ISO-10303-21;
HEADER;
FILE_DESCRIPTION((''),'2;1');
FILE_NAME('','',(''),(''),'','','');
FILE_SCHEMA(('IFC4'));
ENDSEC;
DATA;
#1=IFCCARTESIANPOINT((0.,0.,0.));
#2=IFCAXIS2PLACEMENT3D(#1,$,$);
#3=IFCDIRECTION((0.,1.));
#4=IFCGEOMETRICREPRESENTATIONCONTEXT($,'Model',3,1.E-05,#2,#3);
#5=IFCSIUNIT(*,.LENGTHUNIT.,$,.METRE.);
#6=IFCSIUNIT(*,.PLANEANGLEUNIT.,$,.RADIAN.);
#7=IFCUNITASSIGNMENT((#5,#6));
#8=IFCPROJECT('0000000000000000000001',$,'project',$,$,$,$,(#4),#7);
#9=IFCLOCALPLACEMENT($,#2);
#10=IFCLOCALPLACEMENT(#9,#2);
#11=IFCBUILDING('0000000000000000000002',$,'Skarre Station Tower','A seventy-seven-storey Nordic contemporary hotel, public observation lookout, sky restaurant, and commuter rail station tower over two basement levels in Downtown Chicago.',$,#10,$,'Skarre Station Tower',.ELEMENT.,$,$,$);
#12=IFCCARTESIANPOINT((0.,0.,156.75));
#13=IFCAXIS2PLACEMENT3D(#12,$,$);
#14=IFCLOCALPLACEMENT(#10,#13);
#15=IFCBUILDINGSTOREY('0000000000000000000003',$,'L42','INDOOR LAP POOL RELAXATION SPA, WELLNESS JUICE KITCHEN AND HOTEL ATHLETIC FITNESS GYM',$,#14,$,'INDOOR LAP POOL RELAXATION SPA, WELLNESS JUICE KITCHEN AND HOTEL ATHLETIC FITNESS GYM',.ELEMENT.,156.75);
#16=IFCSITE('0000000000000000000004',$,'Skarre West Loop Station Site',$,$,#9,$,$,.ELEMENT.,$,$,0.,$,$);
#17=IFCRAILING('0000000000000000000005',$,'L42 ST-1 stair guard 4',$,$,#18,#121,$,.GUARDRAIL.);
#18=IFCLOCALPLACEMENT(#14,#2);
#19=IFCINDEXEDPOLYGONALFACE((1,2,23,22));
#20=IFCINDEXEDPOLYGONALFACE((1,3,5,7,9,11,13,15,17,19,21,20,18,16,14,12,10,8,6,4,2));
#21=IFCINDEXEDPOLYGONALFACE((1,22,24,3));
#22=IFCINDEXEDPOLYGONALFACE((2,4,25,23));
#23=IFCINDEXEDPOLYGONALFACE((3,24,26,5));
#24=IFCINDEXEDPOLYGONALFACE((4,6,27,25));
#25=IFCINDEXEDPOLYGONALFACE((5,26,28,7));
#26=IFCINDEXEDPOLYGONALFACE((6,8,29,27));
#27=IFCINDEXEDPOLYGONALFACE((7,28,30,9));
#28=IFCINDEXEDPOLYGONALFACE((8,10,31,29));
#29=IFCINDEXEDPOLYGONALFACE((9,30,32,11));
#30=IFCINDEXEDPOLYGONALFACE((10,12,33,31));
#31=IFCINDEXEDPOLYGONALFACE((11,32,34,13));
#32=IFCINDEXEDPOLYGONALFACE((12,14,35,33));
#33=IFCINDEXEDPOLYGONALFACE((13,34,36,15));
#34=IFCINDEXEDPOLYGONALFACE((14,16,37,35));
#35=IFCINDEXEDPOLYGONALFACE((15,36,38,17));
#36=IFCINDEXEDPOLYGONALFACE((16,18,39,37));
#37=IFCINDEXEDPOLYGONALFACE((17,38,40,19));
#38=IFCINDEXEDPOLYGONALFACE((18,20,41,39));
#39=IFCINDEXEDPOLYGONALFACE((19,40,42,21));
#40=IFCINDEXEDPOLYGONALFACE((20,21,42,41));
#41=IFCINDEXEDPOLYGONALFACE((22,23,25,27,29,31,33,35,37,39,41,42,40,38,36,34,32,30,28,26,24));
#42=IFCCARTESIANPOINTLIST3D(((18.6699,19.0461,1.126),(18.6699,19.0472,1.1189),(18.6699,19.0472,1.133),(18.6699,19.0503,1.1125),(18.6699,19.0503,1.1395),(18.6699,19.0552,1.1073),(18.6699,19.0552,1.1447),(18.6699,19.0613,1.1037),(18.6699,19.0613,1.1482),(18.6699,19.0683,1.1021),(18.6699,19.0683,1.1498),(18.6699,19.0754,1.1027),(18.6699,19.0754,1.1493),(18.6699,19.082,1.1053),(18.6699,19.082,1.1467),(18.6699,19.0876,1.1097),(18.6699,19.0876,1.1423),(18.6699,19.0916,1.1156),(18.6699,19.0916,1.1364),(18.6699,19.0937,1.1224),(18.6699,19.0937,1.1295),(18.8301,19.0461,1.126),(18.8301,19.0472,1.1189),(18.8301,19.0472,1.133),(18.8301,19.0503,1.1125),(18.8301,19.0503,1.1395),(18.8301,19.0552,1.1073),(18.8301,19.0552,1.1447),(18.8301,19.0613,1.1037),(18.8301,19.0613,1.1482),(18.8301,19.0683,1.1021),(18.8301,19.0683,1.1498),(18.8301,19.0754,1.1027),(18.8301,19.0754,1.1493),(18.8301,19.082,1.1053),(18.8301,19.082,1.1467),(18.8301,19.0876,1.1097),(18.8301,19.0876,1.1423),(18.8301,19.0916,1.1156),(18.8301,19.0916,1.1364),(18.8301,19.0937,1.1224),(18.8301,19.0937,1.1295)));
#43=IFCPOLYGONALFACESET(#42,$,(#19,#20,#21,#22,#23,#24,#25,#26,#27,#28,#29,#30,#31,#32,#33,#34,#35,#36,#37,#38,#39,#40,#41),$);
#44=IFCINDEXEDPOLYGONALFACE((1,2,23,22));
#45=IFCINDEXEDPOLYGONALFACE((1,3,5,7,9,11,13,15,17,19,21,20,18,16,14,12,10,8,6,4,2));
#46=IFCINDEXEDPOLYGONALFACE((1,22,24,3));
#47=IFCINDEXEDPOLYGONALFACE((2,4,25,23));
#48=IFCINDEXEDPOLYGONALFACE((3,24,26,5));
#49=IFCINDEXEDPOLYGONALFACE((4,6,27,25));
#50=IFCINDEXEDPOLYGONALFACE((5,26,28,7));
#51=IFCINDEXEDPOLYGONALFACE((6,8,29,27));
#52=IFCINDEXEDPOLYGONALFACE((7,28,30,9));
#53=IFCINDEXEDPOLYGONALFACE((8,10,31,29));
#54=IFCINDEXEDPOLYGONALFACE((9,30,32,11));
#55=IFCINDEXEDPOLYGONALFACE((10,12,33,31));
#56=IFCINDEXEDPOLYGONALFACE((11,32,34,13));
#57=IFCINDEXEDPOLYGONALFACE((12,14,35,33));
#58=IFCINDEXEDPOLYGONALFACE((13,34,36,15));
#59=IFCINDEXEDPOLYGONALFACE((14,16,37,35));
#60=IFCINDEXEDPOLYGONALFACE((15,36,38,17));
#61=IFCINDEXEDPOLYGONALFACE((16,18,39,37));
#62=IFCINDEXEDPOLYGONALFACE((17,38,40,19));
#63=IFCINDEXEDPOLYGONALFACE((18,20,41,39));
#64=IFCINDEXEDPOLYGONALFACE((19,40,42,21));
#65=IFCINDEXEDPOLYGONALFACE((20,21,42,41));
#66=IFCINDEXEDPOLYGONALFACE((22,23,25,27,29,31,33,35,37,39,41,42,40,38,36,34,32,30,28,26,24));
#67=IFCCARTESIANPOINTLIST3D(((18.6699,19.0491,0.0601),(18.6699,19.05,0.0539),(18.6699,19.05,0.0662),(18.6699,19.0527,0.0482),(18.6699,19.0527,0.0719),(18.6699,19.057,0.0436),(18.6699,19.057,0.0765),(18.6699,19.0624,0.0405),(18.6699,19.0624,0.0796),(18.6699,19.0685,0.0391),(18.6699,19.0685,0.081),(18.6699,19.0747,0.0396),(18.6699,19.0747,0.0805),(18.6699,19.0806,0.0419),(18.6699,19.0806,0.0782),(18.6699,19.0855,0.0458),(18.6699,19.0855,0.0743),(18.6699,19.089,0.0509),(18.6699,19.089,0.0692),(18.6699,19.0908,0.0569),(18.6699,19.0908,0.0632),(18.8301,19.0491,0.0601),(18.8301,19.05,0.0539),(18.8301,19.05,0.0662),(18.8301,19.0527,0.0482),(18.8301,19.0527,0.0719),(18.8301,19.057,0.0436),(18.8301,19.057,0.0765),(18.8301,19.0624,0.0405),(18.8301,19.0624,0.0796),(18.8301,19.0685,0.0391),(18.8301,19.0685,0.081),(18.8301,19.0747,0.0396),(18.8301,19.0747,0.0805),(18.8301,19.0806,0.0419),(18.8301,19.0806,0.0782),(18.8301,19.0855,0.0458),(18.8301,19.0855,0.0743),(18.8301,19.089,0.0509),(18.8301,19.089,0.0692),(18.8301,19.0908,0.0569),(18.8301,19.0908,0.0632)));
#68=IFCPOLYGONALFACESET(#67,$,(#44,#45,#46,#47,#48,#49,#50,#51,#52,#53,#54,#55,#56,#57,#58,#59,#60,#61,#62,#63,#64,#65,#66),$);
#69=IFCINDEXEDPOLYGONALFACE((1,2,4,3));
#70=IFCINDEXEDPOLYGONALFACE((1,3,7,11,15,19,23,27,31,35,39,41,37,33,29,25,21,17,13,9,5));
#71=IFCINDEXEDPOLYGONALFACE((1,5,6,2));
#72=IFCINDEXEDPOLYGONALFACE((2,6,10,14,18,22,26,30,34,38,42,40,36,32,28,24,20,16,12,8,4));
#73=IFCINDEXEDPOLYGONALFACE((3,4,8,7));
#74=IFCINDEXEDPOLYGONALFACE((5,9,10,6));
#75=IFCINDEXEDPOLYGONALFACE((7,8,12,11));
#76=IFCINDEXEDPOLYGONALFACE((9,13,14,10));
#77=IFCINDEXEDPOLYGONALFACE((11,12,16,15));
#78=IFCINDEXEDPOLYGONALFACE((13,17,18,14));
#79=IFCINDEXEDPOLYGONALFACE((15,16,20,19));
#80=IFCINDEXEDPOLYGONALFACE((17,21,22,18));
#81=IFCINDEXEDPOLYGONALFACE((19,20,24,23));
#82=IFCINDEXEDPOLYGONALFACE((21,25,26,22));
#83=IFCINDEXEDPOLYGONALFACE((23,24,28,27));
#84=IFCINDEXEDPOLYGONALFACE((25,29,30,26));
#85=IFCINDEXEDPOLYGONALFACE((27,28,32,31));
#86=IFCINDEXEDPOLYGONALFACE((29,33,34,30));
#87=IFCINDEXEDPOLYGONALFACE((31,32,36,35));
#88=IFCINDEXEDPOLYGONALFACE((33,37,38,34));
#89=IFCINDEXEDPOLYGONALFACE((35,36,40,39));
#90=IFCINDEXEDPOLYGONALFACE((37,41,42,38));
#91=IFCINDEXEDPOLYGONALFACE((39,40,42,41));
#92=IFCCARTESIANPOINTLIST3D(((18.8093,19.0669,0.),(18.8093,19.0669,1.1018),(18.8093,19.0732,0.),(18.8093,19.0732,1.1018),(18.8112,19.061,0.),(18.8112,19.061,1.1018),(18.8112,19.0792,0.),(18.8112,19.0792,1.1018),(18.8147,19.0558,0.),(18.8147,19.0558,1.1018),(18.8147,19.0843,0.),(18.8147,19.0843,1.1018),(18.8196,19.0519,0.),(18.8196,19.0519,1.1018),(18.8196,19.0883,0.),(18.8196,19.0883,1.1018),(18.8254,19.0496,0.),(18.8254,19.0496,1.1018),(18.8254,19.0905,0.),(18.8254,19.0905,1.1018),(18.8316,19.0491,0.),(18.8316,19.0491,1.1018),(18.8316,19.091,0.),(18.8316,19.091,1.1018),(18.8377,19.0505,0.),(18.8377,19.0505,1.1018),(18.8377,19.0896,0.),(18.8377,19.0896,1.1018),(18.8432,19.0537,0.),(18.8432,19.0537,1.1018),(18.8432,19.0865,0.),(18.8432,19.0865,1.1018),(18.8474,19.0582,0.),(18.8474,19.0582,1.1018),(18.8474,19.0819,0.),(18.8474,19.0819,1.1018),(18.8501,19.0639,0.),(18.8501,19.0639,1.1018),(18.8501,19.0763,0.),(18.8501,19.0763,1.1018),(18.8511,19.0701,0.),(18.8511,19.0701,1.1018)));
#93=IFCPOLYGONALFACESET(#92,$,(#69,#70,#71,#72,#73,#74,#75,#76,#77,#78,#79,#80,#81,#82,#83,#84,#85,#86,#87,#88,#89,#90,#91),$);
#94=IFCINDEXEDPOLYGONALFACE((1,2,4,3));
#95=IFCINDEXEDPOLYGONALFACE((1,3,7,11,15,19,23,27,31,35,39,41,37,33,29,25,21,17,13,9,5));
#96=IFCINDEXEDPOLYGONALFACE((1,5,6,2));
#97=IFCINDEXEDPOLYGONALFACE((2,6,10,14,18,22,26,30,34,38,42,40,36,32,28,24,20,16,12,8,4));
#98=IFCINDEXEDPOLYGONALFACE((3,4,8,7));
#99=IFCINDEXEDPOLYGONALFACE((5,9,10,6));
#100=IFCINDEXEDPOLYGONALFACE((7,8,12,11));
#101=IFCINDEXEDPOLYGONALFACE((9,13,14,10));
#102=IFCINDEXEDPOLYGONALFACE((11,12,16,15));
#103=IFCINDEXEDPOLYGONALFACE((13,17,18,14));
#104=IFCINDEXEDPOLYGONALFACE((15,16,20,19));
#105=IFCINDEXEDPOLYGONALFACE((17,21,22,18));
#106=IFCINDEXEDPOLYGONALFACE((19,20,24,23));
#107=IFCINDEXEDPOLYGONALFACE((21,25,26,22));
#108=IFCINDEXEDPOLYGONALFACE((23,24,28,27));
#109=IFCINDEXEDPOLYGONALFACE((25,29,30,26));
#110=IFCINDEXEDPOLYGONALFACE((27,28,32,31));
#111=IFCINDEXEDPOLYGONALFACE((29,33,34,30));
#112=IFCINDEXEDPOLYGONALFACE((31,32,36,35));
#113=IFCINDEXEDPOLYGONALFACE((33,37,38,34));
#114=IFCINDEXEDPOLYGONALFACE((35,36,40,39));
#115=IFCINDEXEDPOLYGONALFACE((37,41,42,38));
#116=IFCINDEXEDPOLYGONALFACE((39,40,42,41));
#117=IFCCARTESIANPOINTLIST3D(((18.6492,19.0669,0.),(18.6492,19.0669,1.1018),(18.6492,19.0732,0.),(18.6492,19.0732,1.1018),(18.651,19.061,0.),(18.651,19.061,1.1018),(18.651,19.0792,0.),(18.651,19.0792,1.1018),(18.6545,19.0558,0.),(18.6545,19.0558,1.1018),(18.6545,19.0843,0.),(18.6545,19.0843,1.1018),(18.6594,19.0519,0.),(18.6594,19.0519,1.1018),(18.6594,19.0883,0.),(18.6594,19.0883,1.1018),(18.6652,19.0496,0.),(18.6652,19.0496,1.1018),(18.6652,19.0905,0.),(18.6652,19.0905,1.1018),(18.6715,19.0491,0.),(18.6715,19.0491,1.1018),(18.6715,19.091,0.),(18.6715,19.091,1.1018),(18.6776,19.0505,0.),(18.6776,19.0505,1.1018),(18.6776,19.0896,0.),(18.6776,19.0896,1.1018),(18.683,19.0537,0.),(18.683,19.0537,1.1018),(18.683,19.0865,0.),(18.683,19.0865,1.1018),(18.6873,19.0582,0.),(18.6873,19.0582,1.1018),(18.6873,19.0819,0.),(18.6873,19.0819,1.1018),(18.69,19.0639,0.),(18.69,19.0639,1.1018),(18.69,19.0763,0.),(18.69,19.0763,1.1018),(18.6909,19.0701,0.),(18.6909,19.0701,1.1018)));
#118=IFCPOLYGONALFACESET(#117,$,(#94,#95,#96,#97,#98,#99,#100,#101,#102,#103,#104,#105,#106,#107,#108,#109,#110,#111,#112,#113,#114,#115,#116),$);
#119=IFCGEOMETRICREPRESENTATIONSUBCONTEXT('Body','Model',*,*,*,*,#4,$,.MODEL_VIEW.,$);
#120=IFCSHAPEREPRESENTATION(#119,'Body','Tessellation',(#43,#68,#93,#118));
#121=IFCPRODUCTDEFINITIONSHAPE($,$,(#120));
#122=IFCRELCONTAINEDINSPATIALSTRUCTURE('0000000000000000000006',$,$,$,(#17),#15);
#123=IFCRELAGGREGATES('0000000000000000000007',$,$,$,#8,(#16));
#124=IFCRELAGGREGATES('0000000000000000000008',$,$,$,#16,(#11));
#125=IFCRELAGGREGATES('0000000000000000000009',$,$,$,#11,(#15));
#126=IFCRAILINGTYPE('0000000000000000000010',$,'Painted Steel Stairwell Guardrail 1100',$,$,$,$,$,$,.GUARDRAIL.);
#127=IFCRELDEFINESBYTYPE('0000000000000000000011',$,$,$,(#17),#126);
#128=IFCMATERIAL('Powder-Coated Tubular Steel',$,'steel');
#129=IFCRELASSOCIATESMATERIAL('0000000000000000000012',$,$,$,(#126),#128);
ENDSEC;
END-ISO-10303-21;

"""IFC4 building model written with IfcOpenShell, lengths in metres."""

from ifc_helpers import new_model, si_unit, direction, frame, origin, origin_2d, place, context, subcontext, project, spatial, circle, extrude, material, type_object, element, save


model = new_model("IFC4")

# Units and contexts
model_context = context("Model", 3, precision=1e-05, world=origin(), true_north=direction((0.0, 1.0)))
body_context = subcontext(model_context, "Body", "Model", "MODEL_VIEW")
ifc_project = project(units=[si_unit("LENGTHUNIT", "METRE"), si_unit("PLANEANGLEUNIT", "RADIAN")], contexts=[model_context])

# Site, building, storey
site_placement = place(None, origin())
site = spatial("IfcSite", under=ifc_project, at=site_placement, Name="Skarre West Loop Station Site", CompositionType="ELEMENT", RefElevation=0.0)
building_placement = place(site_placement, origin())
building = spatial("IfcBuilding", under=site, at=building_placement, Name="Skarre Station Tower", Description="A seventy-seven-storey Nordic contemporary hotel, public observation lookout, sky restaurant, and commuter rail station tower over two basement levels in Downtown Chicago.", LongName="Skarre Station Tower", CompositionType="ELEMENT")
storey_placement = place(building_placement, frame((0.0, 0.0, 156.75)))
storey = spatial("IfcBuildingStorey", under=building, at=storey_placement, Name="L42", Description="INDOOR LAP POOL RELAXATION SPA, WELLNESS JUICE KITCHEN AND HOTEL ATHLETIC FITNESS GYM", LongName="INDOOR LAP POOL RELAXATION SPA, WELLNESS JUICE KITCHEN AND HOTEL ATHLETIC FITNESS GYM", CompositionType="ELEMENT", Elevation=156.75)

# Railing
ifc_material_1 = material(Name="Powder-Coated Tubular Steel", Category="steel")
railing_type = type_object("IfcRailingType", Name="Painted Steel Stairwell Guardrail 1100", PredefinedType="GUARDRAIL", material=ifc_material_1)
railing_1_placement = place(storey_placement, frame((18.8301, 19.0701, 0.0)))
element("IfcRailing", 1, at=railing_1_placement, inside=storey, type_object=railing_type, Name="L42 ST-1 stair guard 4", PredefinedType="GUARDRAIL", context=body_context, shape_type="SweptSolid", body=[
    extrude(circle(Radius=0.0239, at=origin_2d()), frame((0.0, 0.0, 1.126), z_axis=(-1.0, 0.0, 0.0), x_axis=(0.0, -1.0, 0.0)), (0.0, 0.0, 1.0), 0.1602),
    extrude(circle(Radius=0.021, at=origin_2d()), frame((0.0, 0.0, 0.0601), z_axis=(-1.0, 0.0, 0.0), x_axis=(0.0, -1.0, 0.0)), (0.0, 0.0, 1.0), 0.1602),
    extrude(circle(Radius=0.021, at=origin_2d()), origin(), (0.0, 0.0, 1.0), 1.1018),
    extrude(circle(Radius=0.021, at=origin_2d()), frame((-0.1602, 0.0, 0.0)), (0.0, 0.0, 1.0), 1.1018),
])

save(model, "model.ifc")
